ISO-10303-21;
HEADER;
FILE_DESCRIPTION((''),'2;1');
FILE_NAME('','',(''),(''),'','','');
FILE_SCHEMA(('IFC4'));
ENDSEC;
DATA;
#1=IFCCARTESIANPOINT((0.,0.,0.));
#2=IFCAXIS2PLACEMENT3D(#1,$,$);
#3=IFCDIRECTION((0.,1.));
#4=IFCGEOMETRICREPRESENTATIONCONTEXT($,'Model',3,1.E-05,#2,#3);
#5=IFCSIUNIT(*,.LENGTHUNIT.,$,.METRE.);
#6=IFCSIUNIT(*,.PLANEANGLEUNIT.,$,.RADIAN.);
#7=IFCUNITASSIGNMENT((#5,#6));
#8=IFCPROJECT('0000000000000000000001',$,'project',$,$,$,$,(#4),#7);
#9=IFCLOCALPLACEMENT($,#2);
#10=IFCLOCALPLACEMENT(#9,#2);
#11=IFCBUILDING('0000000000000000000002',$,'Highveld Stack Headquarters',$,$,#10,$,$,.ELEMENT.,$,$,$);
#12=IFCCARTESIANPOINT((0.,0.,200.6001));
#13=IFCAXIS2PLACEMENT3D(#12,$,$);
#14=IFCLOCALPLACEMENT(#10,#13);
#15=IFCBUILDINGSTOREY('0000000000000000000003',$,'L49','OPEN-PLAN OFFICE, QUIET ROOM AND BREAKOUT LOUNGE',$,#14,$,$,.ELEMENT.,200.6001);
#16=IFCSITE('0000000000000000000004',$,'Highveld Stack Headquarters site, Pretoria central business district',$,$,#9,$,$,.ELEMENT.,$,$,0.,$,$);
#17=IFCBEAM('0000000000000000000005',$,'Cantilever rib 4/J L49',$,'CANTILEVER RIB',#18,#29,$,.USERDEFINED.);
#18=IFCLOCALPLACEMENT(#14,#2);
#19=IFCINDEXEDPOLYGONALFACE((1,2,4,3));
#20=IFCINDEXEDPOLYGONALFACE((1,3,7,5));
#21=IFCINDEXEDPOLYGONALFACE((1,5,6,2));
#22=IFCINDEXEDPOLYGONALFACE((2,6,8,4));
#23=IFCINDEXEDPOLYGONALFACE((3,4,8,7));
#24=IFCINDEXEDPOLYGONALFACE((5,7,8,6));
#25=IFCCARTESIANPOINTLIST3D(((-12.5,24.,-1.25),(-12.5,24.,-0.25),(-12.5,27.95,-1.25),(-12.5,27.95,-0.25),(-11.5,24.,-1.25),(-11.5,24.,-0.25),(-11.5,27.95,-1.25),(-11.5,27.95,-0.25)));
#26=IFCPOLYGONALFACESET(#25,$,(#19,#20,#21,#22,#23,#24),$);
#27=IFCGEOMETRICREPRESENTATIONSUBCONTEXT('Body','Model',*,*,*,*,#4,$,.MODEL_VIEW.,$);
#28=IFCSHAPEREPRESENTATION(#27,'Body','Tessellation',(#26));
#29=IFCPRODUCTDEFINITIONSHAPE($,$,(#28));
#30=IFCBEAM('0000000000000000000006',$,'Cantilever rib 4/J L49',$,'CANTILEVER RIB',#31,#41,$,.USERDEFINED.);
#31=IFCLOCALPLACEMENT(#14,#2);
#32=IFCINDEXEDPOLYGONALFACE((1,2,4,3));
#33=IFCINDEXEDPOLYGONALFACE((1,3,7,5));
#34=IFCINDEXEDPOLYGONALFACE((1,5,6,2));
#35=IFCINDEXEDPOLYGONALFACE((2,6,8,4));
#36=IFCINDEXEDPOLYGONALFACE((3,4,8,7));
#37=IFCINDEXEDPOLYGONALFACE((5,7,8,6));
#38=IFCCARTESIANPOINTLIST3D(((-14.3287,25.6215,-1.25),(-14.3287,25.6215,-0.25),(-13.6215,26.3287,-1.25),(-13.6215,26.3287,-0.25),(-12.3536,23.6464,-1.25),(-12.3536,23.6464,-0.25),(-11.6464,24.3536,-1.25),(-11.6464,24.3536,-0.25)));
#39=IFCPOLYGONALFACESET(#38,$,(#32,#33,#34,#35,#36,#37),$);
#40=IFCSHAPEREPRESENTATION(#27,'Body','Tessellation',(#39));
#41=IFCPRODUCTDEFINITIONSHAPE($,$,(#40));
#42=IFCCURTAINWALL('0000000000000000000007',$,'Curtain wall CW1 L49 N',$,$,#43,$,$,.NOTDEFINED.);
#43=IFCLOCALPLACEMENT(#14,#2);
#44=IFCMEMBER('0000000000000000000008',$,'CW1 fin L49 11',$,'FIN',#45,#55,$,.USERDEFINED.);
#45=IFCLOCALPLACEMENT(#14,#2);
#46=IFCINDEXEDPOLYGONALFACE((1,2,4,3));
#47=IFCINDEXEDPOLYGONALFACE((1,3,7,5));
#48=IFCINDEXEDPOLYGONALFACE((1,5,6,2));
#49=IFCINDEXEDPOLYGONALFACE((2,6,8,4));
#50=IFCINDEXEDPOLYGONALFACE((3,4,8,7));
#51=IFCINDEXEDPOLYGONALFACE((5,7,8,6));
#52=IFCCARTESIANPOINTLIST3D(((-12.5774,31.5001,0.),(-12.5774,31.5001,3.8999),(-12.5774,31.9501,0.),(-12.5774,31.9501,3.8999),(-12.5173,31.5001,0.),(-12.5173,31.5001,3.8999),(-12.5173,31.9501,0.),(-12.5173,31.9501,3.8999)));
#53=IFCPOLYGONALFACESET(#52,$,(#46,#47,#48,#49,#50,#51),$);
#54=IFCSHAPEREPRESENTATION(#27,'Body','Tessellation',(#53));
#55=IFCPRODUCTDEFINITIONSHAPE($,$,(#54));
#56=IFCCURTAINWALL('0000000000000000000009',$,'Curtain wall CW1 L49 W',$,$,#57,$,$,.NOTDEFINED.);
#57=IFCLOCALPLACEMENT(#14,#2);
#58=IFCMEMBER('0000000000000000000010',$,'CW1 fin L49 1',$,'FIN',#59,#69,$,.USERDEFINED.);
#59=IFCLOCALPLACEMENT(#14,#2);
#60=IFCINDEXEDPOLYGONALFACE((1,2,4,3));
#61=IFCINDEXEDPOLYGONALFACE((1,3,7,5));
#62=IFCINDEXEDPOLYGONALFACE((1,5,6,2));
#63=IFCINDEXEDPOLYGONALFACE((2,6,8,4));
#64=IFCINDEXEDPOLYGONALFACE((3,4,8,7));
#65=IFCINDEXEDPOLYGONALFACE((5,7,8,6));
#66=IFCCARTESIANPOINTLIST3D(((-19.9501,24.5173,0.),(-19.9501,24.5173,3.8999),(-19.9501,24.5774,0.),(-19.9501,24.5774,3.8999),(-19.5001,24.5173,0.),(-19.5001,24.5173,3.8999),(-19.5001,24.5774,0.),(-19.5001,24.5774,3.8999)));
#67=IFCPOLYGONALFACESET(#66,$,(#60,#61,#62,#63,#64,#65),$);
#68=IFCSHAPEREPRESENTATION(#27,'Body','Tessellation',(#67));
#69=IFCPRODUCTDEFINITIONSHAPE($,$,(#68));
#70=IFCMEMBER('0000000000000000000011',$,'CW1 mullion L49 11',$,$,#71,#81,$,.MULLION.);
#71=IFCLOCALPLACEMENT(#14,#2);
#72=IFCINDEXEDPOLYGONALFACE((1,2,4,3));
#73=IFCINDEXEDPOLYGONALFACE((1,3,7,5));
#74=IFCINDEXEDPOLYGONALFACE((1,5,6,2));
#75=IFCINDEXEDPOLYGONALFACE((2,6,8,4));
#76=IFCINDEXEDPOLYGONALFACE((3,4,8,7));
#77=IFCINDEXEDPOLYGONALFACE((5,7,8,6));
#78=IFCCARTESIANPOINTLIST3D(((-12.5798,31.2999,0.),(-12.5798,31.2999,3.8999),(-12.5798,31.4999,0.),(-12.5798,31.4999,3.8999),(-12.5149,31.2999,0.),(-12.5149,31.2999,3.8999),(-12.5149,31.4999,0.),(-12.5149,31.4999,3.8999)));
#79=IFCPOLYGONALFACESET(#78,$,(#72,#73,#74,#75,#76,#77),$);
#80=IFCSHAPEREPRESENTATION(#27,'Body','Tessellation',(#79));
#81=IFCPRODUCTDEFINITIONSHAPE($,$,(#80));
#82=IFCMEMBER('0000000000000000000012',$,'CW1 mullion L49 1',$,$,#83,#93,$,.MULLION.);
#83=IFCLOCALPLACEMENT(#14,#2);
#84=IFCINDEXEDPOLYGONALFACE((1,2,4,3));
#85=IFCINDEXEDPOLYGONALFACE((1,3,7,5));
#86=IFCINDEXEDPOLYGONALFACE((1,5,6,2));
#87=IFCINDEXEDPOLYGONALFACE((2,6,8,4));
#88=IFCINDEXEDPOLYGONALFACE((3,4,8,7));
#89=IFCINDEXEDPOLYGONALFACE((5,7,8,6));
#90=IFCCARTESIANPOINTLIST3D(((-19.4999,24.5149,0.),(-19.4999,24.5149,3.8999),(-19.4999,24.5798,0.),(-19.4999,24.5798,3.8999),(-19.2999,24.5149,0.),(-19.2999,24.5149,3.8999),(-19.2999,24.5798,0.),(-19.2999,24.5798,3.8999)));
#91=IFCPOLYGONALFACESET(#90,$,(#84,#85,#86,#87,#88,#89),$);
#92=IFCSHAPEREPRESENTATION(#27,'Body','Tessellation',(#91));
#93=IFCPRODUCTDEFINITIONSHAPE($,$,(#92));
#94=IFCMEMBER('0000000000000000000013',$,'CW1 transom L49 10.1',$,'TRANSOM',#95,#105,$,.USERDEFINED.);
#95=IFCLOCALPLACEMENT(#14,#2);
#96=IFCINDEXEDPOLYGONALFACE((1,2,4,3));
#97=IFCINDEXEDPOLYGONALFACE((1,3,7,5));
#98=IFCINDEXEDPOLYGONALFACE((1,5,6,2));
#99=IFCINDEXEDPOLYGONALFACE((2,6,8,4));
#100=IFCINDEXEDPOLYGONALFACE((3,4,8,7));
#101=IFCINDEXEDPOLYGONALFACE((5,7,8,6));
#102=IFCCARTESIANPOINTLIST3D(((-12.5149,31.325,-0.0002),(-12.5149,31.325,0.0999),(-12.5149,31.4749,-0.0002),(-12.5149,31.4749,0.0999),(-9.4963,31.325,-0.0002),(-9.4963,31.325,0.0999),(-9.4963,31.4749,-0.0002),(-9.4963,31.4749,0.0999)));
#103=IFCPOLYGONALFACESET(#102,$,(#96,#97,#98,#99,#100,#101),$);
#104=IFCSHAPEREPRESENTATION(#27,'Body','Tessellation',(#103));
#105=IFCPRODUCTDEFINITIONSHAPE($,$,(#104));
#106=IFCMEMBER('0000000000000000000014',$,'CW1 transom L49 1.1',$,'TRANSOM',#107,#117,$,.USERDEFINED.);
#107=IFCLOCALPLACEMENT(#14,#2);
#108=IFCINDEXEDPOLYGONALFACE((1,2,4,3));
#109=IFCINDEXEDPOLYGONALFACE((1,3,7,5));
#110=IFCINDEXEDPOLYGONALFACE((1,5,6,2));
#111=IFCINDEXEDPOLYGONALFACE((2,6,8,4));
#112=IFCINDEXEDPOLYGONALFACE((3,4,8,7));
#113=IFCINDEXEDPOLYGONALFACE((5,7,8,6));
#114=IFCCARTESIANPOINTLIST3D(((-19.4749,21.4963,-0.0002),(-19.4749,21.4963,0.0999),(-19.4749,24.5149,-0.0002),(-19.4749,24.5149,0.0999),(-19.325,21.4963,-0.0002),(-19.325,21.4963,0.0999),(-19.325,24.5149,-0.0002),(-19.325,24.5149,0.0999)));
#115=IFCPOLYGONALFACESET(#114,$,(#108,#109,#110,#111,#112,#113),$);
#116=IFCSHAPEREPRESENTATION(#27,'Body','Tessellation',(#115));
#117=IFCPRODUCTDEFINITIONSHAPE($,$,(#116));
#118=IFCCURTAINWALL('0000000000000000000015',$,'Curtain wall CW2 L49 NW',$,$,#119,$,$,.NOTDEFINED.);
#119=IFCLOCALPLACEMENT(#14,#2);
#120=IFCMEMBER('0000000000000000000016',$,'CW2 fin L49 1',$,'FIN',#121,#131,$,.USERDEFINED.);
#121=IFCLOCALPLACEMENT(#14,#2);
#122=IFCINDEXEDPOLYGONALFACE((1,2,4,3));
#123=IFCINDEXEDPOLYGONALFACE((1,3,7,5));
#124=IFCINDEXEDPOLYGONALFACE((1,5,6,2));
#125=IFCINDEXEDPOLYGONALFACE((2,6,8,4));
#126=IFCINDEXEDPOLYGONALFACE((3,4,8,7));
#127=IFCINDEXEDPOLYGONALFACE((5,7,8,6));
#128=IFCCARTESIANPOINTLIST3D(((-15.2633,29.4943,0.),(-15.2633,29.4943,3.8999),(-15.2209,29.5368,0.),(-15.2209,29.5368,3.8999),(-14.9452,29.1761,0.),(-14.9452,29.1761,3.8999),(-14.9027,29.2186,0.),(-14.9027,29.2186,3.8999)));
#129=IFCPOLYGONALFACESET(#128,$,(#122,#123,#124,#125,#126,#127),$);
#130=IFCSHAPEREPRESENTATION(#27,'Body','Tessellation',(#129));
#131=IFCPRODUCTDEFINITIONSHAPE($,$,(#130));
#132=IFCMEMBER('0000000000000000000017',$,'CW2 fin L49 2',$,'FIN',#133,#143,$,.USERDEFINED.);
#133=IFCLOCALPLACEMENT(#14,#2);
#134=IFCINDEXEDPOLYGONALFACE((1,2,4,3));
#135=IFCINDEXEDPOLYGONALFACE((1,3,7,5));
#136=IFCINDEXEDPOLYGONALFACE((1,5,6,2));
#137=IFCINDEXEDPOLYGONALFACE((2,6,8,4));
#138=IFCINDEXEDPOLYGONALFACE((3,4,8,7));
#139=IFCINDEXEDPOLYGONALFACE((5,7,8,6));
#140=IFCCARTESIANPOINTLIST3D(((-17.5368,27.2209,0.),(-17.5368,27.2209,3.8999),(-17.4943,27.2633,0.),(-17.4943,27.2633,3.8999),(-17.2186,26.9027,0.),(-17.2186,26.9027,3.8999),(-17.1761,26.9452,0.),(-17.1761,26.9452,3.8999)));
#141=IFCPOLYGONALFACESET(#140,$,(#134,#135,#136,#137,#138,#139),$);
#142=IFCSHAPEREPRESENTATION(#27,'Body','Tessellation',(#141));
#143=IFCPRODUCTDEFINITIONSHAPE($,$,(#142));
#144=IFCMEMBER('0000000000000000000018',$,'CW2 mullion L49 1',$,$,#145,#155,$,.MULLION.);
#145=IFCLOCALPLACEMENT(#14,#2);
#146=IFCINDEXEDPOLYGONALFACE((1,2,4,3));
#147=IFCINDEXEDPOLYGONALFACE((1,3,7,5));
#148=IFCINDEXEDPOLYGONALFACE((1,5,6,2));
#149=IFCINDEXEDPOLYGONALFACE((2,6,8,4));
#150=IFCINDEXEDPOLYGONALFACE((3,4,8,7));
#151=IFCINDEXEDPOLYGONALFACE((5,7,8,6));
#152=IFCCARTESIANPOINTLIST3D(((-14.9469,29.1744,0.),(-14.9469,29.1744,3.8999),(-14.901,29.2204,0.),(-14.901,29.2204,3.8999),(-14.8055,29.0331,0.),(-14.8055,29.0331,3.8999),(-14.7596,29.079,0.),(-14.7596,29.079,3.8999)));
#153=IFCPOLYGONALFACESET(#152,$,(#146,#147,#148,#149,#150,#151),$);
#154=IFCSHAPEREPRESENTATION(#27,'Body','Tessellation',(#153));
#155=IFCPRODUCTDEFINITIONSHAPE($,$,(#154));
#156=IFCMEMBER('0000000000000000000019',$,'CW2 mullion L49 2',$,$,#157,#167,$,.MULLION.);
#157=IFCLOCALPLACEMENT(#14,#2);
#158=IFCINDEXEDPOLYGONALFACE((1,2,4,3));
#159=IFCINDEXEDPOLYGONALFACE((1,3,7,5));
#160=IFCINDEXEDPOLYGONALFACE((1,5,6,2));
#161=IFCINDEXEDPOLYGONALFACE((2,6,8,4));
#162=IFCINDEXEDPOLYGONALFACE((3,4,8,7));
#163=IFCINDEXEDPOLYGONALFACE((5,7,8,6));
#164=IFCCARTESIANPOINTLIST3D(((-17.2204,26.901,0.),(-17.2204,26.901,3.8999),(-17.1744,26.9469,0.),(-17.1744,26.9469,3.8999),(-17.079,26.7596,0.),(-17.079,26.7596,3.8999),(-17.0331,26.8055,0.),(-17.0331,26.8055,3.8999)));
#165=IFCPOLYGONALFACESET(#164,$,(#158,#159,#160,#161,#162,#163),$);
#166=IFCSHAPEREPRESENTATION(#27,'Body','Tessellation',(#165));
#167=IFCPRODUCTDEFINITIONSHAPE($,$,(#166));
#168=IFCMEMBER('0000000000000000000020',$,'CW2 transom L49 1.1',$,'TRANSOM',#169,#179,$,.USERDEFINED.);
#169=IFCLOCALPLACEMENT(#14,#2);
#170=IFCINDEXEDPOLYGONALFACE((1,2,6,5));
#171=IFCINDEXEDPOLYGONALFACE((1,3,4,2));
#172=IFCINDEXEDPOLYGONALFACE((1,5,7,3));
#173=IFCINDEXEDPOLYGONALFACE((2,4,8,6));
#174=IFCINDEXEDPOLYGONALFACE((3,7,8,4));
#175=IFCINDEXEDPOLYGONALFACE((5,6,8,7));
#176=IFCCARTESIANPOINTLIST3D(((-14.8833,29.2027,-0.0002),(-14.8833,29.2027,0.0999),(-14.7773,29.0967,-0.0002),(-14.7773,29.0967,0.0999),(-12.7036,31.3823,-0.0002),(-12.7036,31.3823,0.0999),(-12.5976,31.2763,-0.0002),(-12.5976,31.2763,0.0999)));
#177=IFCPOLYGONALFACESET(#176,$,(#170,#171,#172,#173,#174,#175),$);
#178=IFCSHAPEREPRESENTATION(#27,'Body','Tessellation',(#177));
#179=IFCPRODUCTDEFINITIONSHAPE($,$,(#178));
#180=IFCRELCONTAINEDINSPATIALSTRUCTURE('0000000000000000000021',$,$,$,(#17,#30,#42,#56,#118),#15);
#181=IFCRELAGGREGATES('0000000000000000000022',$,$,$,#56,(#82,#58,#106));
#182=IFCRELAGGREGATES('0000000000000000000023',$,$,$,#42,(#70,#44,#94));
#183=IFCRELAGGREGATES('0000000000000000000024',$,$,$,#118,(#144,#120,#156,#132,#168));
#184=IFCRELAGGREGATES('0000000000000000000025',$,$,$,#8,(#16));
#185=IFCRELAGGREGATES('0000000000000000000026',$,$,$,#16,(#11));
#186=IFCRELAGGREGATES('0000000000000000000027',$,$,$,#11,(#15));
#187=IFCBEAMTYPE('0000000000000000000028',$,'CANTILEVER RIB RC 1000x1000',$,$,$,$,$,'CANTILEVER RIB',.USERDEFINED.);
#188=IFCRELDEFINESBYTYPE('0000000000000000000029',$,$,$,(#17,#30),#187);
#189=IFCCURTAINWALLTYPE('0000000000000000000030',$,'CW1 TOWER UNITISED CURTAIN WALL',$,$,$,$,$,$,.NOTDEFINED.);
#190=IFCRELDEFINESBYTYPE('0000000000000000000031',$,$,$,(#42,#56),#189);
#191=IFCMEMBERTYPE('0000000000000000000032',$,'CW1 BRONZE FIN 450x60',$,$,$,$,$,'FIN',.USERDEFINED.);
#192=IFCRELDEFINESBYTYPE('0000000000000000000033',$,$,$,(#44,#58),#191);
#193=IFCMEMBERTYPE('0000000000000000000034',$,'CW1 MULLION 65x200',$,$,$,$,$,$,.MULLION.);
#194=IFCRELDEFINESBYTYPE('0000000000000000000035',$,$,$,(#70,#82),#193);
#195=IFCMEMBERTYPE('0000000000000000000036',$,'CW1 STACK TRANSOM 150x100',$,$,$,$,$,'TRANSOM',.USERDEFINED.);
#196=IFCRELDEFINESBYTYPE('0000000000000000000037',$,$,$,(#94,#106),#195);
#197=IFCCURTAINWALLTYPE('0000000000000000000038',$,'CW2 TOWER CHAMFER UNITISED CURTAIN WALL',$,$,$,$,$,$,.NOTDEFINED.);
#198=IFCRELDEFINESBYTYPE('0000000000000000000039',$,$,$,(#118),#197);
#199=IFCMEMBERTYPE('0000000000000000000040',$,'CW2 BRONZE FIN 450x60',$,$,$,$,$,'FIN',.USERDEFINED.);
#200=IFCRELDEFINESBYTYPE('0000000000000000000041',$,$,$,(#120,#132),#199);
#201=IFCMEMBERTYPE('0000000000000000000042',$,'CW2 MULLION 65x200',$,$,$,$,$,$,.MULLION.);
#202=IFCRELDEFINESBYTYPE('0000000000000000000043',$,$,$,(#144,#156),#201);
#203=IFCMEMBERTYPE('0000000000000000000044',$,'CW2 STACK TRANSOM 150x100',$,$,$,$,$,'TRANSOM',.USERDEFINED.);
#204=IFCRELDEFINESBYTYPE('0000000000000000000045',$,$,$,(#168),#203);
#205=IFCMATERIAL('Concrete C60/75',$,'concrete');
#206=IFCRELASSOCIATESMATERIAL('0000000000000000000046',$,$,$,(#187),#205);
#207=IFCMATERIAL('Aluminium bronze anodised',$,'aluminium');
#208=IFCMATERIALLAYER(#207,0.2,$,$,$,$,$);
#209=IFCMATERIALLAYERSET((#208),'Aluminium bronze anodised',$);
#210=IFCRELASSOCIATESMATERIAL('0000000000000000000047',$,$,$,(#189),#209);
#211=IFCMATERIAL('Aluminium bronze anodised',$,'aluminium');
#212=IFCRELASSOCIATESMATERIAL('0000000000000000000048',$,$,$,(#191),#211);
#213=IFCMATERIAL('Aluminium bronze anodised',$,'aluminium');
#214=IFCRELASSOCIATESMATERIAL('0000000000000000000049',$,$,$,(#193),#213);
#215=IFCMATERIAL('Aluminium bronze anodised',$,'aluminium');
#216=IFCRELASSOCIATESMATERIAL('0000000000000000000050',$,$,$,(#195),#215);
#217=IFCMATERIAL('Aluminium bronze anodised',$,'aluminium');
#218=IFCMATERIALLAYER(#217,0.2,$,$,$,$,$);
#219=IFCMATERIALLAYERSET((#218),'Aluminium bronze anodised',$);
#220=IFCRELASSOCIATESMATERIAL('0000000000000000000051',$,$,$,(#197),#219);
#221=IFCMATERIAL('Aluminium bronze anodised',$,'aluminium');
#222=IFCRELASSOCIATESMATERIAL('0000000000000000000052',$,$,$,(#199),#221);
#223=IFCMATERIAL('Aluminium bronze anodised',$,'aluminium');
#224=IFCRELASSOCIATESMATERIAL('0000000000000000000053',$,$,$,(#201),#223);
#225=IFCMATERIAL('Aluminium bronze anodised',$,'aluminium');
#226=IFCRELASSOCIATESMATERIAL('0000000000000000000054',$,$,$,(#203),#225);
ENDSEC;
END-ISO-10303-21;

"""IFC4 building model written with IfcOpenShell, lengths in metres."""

from ifc_helpers import new_model, si_unit, direction, frame, origin, origin_2d, place, context, subcontext, project, spatial, rectangle, extrude, material, layer, layer_set, material_profile, profile_set, type_object, element, aggregate, save


model = new_model("IFC4")

# Units and contexts
model_context = context("Model", 3, precision=1e-05, world=origin(), true_north=direction((0.0, 1.0)))
body_context = subcontext(model_context, "Body", "Model", "MODEL_VIEW")
ifc_project = project(units=[si_unit("LENGTHUNIT", "METRE"), si_unit("PLANEANGLEUNIT", "RADIAN")], contexts=[model_context])

# Site, building, storey
site_placement = place(None, origin())
site = spatial("IfcSite", under=ifc_project, at=site_placement, Name="Highveld Stack Headquarters site, Pretoria central business district", CompositionType="ELEMENT", RefElevation=0.0)
building_placement = place(site_placement, origin())
building = spatial("IfcBuilding", under=site, at=building_placement, Name="Highveld Stack Headquarters", CompositionType="ELEMENT")
storey_placement = place(building_placement, frame((0.0, 0.0, 200.6001)))
storey = spatial("IfcBuildingStorey", under=building, at=storey_placement, Name="L49", Description="OPEN-PLAN OFFICE, QUIET ROOM AND BREAKOUT LOUNGE", CompositionType="ELEMENT", Elevation=200.6001)

# Beams
ifc_material_1 = material(Name="Concrete C60/75", Category="concrete")
ifc_material_profile_1 = material_profile(ifc_material_1, rectangle(XDim=1.0, YDim=1.0, at=origin_2d()), Name="RC 1000x1000")
ifc_profile_set_1 = profile_set([ifc_material_profile_1], Name="Concrete C60/75")
beam_type_1 = type_object("IfcBeamType", Name="CANTILEVER RIB RC 1000x1000", ElementType="CANTILEVER RIB", PredefinedType="USERDEFINED", material=ifc_profile_set_1)
beam_1_placement = place(storey_placement, frame((-12.0, 24.0, -0.75), z_axis=(0.0, 1.0, 0.0), x_axis=(-1.0, 0.0, 0.0)))
element("IfcBeam", 1, at=beam_1_placement, inside=storey, type_object=beam_type_1, Name="Cantilever rib 4/J L49", ObjectType="CANTILEVER RIB", PredefinedType="USERDEFINED", context=body_context, shape_type="SweptSolid", body=[
    extrude(rectangle(XDim=1.0, YDim=1.0, at=origin_2d()), origin(), (0.0, 0.0, 1.0), 3.95),
])
beam_2_placement = place(storey_placement, frame((-12.0, 24.0, -0.75), z_axis=(-0.707107, 0.707107, 0.0), x_axis=(-0.707107, -0.707107, 0.0)))
element("IfcBeam", 2, at=beam_2_placement, inside=storey, type_object=beam_type_1, Name="Cantilever rib 4/J L49", ObjectType="CANTILEVER RIB", PredefinedType="USERDEFINED", context=body_context, shape_type="SweptSolid", body=[
    extrude(rectangle(XDim=1.0, YDim=1.0, at=origin_2d()), origin(), (0.0, 0.0, 1.0), 2.7932),
])

# Curtain walls, members
ifc_material_2 = material(Name="Aluminium bronze anodised", Category="aluminium")
ifc_layer_1 = layer(ifc_material_2, 0.2)
ifc_layer_set_1 = layer_set([ifc_layer_1], Name="Aluminium bronze anodised")
curtain_wall_type_1 = type_object("IfcCurtainWallType", Name="CW1 TOWER UNITISED CURTAIN WALL", PredefinedType="NOTDEFINED", material=ifc_layer_set_1)
curtain_wall_1_placement = place(storey_placement, origin())
curtain_wall_1 = element("IfcCurtainWall", 3, at=curtain_wall_1_placement, inside=storey, type_object=curtain_wall_type_1, Name="Curtain wall CW1 L49 N", PredefinedType="NOTDEFINED")
ifc_material_3 = material(Name="Aluminium bronze anodised", Category="aluminium")
ifc_material_profile_2 = material_profile(ifc_material_3, rectangle(XDim=0.45, YDim=0.0601, at=origin_2d()), Name="FIN 450x60")
ifc_profile_set_2 = profile_set([ifc_material_profile_2], Name="Aluminium bronze anodised")
member_type_1 = type_object("IfcMemberType", Name="CW1 BRONZE FIN 450x60", ElementType="FIN", PredefinedType="USERDEFINED", material=ifc_profile_set_2)
member_1_placement = place(storey_placement, frame((-12.5474, 31.7251, 0.0), z_axis=(0.0, 0.0, 1.0), x_axis=(0.0, -1.0, 0.0)))
member_1 = element("IfcMember", 4, at=member_1_placement, type_object=member_type_1, Name="CW1 fin L49 11", ObjectType="FIN", PredefinedType="USERDEFINED", context=body_context, shape_type="SweptSolid", body=[
    extrude(rectangle(XDim=0.45, YDim=0.0601, at=origin_2d()), origin(), (0.0, 0.0, 1.0), 3.8999),
])
curtain_wall_2_placement = place(storey_placement, origin())
curtain_wall_2 = element("IfcCurtainWall", 5, at=curtain_wall_2_placement, inside=storey, type_object=curtain_wall_type_1, Name="Curtain wall CW1 L49 W", PredefinedType="NOTDEFINED")
member_2_placement = place(storey_placement, frame((-19.7251, 24.5474, 0.0), z_axis=(0.0, 0.0, 1.0), x_axis=(1.0, 0.0, 0.0)))
member_2 = element("IfcMember", 6, at=member_2_placement, type_object=member_type_1, Name="CW1 fin L49 1", ObjectType="FIN", PredefinedType="USERDEFINED", context=body_context, shape_type="SweptSolid", body=[
    extrude(rectangle(XDim=0.45, YDim=0.0601, at=origin_2d()), origin(), (0.0, 0.0, 1.0), 3.8999),
])

# Members
ifc_material_4 = material(Name="Aluminium bronze anodised", Category="aluminium")
ifc_material_profile_3 = material_profile(ifc_material_4, rectangle(XDim=0.2, YDim=0.0649, at=origin_2d()), Name="CW1 MULLION 65x200")
ifc_profile_set_3 = profile_set([ifc_material_profile_3], Name="Aluminium bronze anodised")
member_type_2 = type_object("IfcMemberType", Name="CW1 MULLION 65x200", PredefinedType="MULLION", material=ifc_profile_set_3)
member_3_placement = place(storey_placement, frame((-12.5474, 31.3999, 0.0), z_axis=(0.0, 0.0, 1.0), x_axis=(0.0, -1.0, 0.0)))
member_3 = element("IfcMember", 7, at=member_3_placement, type_object=member_type_2, Name="CW1 mullion L49 11", PredefinedType="MULLION", context=body_context, shape_type="SweptSolid", body=[
    extrude(rectangle(XDim=0.2, YDim=0.0649, at=origin_2d()), origin(), (0.0, 0.0, 1.0), 3.8999),
])
member_4_placement = place(storey_placement, frame((-19.3999, 24.5474, 0.0), z_axis=(0.0, 0.0, 1.0), x_axis=(1.0, 0.0, 0.0)))
member_4 = element("IfcMember", 8, at=member_4_placement, type_object=member_type_2, Name="CW1 mullion L49 1", PredefinedType="MULLION", context=body_context, shape_type="SweptSolid", body=[
    extrude(rectangle(XDim=0.2, YDim=0.0649, at=origin_2d()), origin(), (0.0, 0.0, 1.0), 3.8999),
])
ifc_material_5 = material(Name="Aluminium bronze anodised", Category="aluminium")
ifc_material_profile_4 = material_profile(ifc_material_5, rectangle(XDim=0.1499, YDim=0.1001, at=origin_2d()), Name="CW1 TRANSOM 150x100")
ifc_profile_set_4 = profile_set([ifc_material_profile_4], Name="Aluminium bronze anodised")
member_type_3 = type_object("IfcMemberType", Name="CW1 STACK TRANSOM 150x100", ElementType="TRANSOM", PredefinedType="USERDEFINED", material=ifc_profile_set_4)
member_5_placement = place(storey_placement, frame((-9.4963, 31.3999, 0.0498), z_axis=(-1.0, 0.0, 0.0), x_axis=(0.0, -1.0, 0.0)))
member_5 = element("IfcMember", 9, at=member_5_placement, type_object=member_type_3, Name="CW1 transom L49 10.1", ObjectType="TRANSOM", PredefinedType="USERDEFINED", context=body_context, shape_type="SweptSolid", body=[
    extrude(rectangle(XDim=0.1499, YDim=0.1001, at=origin_2d()), origin(), (0.0, 0.0, 1.0), 3.0186),
])
member_6_placement = place(storey_placement, frame((-19.3999, 24.5149, 0.0498), z_axis=(0.0, -1.0, 0.0), x_axis=(1.0, 0.0, 0.0)))
member_6 = element("IfcMember", 10, at=member_6_placement, type_object=member_type_3, Name="CW1 transom L49 1.1", ObjectType="TRANSOM", PredefinedType="USERDEFINED", context=body_context, shape_type="SweptSolid", body=[
    extrude(rectangle(XDim=0.1499, YDim=0.1001, at=origin_2d()), origin(), (0.0, 0.0, 1.0), 3.0186),
])
aggregate(curtain_wall_2, [member_4, member_2, member_6])

# Curtain wall, members
ifc_material_6 = material(Name="Aluminium bronze anodised", Category="aluminium")
ifc_layer_2 = layer(ifc_material_6, 0.2)
ifc_layer_set_2 = layer_set([ifc_layer_2], Name="Aluminium bronze anodised")
curtain_wall_type_2 = type_object("IfcCurtainWallType", Name="CW2 TOWER CHAMFER UNITISED CURTAIN WALL", PredefinedType="NOTDEFINED", material=ifc_layer_set_2)
curtain_wall_3_placement = place(storey_placement, origin())
curtain_wall_3 = element("IfcCurtainWall", 11, at=curtain_wall_3_placement, inside=storey, type_object=curtain_wall_type_2, Name="Curtain wall CW2 L49 NW", PredefinedType="NOTDEFINED")
ifc_material_7 = material(Name="Aluminium bronze anodised", Category="aluminium")
ifc_material_profile_5 = material_profile(ifc_material_7, rectangle(XDim=0.45, YDim=0.0601, at=origin_2d()), Name="FIN 450x60")
ifc_profile_set_5 = profile_set([ifc_material_profile_5], Name="Aluminium bronze anodised")
member_type_4 = type_object("IfcMemberType", Name="CW2 BRONZE FIN 450x60", ElementType="FIN", PredefinedType="USERDEFINED", material=ifc_profile_set_5)
member_7_placement = place(storey_placement, frame((-15.083, 29.3564, 0.0), z_axis=(0.0, 0.0, 1.0), x_axis=(0.707107, -0.707107, 0.0)))
member_7 = element("IfcMember", 12, at=member_7_placement, type_object=member_type_4, Name="CW2 fin L49 1", ObjectType="FIN", PredefinedType="USERDEFINED", context=body_context, shape_type="SweptSolid", body=[
    extrude(rectangle(XDim=0.45, YDim=0.0601, at=origin_2d()), origin(), (0.0, 0.0, 1.0), 3.8999),
])
member_8_placement = place(storey_placement, frame((-17.3564, 27.083, 0.0), z_axis=(0.0, 0.0, 1.0), x_axis=(0.707107, -0.707107, 0.0)))
member_8 = element("IfcMember", 13, at=member_8_placement, type_object=member_type_4, Name="CW2 fin L49 2", ObjectType="FIN", PredefinedType="USERDEFINED", context=body_context, shape_type="SweptSolid", body=[
    extrude(rectangle(XDim=0.45, YDim=0.0601, at=origin_2d()), origin(), (0.0, 0.0, 1.0), 3.8999),
])
ifc_material_8 = material(Name="Aluminium bronze anodised", Category="aluminium")
ifc_material_profile_6 = material_profile(ifc_material_8, rectangle(XDim=0.2, YDim=0.0649, at=origin_2d()), Name="CW2 MULLION 65x200")
ifc_profile_set_6 = profile_set([ifc_material_profile_6], Name="Aluminium bronze anodised")
member_type_5 = type_object("IfcMemberType", Name="CW2 MULLION 65x200", PredefinedType="MULLION", material=ifc_profile_set_6)
member_9_placement = place(storey_placement, frame((-14.8533, 29.1267, 0.0), z_axis=(0.0, 0.0, 1.0), x_axis=(0.707107, -0.707107, 0.0)))
member_9 = element("IfcMember", 14, at=member_9_placement, type_object=member_type_5, Name="CW2 mullion L49 1", PredefinedType="MULLION", context=body_context, shape_type="SweptSolid", body=[
    extrude(rectangle(XDim=0.2, YDim=0.0649, at=origin_2d()), origin(), (0.0, 0.0, 1.0), 3.8999),
])
member_10_placement = place(storey_placement, frame((-17.1267, 26.8533, 0.0), z_axis=(0.0, 0.0, 1.0), x_axis=(0.707107, -0.707107, 0.0)))
member_10 = element("IfcMember", 15, at=member_10_placement, type_object=member_type_5, Name="CW2 mullion L49 2", PredefinedType="MULLION", context=body_context, shape_type="SweptSolid", body=[
    extrude(rectangle(XDim=0.2, YDim=0.0649, at=origin_2d()), origin(), (0.0, 0.0, 1.0), 3.8999),
])
ifc_material_9 = material(Name="Aluminium bronze anodised", Category="aluminium")
ifc_material_profile_7 = material_profile(ifc_material_9, rectangle(XDim=0.1499, YDim=0.1001, at=origin_2d()), Name="CW2 TRANSOM 150x100")
ifc_profile_set_7 = profile_set([ifc_material_profile_7], Name="Aluminium bronze anodised")
member_type_6 = type_object("IfcMemberType", Name="CW2 STACK TRANSOM 150x100", ElementType="TRANSOM", PredefinedType="USERDEFINED", material=ifc_profile_set_7)
member_11_placement = place(storey_placement, frame((-12.6506, 31.3293, 0.0498), z_axis=(-0.707107, -0.707107, 0.0), x_axis=(0.707107, -0.707107, 0.0)))
member_11 = element("IfcMember", 16, at=member_11_placement, type_object=member_type_6, Name="CW2 transom L49 1.1", ObjectType="TRANSOM", PredefinedType="USERDEFINED", context=body_context, shape_type="SweptSolid", body=[
    extrude(rectangle(XDim=0.1499, YDim=0.1001, at=origin_2d()), origin(), (0.0, 0.0, 1.0), 3.0825),
])

aggregate(curtain_wall_1, [member_3, member_1, member_5])
aggregate(curtain_wall_3, [member_9, member_7, member_10, member_8, member_11])

save(model, "model.ifc")
